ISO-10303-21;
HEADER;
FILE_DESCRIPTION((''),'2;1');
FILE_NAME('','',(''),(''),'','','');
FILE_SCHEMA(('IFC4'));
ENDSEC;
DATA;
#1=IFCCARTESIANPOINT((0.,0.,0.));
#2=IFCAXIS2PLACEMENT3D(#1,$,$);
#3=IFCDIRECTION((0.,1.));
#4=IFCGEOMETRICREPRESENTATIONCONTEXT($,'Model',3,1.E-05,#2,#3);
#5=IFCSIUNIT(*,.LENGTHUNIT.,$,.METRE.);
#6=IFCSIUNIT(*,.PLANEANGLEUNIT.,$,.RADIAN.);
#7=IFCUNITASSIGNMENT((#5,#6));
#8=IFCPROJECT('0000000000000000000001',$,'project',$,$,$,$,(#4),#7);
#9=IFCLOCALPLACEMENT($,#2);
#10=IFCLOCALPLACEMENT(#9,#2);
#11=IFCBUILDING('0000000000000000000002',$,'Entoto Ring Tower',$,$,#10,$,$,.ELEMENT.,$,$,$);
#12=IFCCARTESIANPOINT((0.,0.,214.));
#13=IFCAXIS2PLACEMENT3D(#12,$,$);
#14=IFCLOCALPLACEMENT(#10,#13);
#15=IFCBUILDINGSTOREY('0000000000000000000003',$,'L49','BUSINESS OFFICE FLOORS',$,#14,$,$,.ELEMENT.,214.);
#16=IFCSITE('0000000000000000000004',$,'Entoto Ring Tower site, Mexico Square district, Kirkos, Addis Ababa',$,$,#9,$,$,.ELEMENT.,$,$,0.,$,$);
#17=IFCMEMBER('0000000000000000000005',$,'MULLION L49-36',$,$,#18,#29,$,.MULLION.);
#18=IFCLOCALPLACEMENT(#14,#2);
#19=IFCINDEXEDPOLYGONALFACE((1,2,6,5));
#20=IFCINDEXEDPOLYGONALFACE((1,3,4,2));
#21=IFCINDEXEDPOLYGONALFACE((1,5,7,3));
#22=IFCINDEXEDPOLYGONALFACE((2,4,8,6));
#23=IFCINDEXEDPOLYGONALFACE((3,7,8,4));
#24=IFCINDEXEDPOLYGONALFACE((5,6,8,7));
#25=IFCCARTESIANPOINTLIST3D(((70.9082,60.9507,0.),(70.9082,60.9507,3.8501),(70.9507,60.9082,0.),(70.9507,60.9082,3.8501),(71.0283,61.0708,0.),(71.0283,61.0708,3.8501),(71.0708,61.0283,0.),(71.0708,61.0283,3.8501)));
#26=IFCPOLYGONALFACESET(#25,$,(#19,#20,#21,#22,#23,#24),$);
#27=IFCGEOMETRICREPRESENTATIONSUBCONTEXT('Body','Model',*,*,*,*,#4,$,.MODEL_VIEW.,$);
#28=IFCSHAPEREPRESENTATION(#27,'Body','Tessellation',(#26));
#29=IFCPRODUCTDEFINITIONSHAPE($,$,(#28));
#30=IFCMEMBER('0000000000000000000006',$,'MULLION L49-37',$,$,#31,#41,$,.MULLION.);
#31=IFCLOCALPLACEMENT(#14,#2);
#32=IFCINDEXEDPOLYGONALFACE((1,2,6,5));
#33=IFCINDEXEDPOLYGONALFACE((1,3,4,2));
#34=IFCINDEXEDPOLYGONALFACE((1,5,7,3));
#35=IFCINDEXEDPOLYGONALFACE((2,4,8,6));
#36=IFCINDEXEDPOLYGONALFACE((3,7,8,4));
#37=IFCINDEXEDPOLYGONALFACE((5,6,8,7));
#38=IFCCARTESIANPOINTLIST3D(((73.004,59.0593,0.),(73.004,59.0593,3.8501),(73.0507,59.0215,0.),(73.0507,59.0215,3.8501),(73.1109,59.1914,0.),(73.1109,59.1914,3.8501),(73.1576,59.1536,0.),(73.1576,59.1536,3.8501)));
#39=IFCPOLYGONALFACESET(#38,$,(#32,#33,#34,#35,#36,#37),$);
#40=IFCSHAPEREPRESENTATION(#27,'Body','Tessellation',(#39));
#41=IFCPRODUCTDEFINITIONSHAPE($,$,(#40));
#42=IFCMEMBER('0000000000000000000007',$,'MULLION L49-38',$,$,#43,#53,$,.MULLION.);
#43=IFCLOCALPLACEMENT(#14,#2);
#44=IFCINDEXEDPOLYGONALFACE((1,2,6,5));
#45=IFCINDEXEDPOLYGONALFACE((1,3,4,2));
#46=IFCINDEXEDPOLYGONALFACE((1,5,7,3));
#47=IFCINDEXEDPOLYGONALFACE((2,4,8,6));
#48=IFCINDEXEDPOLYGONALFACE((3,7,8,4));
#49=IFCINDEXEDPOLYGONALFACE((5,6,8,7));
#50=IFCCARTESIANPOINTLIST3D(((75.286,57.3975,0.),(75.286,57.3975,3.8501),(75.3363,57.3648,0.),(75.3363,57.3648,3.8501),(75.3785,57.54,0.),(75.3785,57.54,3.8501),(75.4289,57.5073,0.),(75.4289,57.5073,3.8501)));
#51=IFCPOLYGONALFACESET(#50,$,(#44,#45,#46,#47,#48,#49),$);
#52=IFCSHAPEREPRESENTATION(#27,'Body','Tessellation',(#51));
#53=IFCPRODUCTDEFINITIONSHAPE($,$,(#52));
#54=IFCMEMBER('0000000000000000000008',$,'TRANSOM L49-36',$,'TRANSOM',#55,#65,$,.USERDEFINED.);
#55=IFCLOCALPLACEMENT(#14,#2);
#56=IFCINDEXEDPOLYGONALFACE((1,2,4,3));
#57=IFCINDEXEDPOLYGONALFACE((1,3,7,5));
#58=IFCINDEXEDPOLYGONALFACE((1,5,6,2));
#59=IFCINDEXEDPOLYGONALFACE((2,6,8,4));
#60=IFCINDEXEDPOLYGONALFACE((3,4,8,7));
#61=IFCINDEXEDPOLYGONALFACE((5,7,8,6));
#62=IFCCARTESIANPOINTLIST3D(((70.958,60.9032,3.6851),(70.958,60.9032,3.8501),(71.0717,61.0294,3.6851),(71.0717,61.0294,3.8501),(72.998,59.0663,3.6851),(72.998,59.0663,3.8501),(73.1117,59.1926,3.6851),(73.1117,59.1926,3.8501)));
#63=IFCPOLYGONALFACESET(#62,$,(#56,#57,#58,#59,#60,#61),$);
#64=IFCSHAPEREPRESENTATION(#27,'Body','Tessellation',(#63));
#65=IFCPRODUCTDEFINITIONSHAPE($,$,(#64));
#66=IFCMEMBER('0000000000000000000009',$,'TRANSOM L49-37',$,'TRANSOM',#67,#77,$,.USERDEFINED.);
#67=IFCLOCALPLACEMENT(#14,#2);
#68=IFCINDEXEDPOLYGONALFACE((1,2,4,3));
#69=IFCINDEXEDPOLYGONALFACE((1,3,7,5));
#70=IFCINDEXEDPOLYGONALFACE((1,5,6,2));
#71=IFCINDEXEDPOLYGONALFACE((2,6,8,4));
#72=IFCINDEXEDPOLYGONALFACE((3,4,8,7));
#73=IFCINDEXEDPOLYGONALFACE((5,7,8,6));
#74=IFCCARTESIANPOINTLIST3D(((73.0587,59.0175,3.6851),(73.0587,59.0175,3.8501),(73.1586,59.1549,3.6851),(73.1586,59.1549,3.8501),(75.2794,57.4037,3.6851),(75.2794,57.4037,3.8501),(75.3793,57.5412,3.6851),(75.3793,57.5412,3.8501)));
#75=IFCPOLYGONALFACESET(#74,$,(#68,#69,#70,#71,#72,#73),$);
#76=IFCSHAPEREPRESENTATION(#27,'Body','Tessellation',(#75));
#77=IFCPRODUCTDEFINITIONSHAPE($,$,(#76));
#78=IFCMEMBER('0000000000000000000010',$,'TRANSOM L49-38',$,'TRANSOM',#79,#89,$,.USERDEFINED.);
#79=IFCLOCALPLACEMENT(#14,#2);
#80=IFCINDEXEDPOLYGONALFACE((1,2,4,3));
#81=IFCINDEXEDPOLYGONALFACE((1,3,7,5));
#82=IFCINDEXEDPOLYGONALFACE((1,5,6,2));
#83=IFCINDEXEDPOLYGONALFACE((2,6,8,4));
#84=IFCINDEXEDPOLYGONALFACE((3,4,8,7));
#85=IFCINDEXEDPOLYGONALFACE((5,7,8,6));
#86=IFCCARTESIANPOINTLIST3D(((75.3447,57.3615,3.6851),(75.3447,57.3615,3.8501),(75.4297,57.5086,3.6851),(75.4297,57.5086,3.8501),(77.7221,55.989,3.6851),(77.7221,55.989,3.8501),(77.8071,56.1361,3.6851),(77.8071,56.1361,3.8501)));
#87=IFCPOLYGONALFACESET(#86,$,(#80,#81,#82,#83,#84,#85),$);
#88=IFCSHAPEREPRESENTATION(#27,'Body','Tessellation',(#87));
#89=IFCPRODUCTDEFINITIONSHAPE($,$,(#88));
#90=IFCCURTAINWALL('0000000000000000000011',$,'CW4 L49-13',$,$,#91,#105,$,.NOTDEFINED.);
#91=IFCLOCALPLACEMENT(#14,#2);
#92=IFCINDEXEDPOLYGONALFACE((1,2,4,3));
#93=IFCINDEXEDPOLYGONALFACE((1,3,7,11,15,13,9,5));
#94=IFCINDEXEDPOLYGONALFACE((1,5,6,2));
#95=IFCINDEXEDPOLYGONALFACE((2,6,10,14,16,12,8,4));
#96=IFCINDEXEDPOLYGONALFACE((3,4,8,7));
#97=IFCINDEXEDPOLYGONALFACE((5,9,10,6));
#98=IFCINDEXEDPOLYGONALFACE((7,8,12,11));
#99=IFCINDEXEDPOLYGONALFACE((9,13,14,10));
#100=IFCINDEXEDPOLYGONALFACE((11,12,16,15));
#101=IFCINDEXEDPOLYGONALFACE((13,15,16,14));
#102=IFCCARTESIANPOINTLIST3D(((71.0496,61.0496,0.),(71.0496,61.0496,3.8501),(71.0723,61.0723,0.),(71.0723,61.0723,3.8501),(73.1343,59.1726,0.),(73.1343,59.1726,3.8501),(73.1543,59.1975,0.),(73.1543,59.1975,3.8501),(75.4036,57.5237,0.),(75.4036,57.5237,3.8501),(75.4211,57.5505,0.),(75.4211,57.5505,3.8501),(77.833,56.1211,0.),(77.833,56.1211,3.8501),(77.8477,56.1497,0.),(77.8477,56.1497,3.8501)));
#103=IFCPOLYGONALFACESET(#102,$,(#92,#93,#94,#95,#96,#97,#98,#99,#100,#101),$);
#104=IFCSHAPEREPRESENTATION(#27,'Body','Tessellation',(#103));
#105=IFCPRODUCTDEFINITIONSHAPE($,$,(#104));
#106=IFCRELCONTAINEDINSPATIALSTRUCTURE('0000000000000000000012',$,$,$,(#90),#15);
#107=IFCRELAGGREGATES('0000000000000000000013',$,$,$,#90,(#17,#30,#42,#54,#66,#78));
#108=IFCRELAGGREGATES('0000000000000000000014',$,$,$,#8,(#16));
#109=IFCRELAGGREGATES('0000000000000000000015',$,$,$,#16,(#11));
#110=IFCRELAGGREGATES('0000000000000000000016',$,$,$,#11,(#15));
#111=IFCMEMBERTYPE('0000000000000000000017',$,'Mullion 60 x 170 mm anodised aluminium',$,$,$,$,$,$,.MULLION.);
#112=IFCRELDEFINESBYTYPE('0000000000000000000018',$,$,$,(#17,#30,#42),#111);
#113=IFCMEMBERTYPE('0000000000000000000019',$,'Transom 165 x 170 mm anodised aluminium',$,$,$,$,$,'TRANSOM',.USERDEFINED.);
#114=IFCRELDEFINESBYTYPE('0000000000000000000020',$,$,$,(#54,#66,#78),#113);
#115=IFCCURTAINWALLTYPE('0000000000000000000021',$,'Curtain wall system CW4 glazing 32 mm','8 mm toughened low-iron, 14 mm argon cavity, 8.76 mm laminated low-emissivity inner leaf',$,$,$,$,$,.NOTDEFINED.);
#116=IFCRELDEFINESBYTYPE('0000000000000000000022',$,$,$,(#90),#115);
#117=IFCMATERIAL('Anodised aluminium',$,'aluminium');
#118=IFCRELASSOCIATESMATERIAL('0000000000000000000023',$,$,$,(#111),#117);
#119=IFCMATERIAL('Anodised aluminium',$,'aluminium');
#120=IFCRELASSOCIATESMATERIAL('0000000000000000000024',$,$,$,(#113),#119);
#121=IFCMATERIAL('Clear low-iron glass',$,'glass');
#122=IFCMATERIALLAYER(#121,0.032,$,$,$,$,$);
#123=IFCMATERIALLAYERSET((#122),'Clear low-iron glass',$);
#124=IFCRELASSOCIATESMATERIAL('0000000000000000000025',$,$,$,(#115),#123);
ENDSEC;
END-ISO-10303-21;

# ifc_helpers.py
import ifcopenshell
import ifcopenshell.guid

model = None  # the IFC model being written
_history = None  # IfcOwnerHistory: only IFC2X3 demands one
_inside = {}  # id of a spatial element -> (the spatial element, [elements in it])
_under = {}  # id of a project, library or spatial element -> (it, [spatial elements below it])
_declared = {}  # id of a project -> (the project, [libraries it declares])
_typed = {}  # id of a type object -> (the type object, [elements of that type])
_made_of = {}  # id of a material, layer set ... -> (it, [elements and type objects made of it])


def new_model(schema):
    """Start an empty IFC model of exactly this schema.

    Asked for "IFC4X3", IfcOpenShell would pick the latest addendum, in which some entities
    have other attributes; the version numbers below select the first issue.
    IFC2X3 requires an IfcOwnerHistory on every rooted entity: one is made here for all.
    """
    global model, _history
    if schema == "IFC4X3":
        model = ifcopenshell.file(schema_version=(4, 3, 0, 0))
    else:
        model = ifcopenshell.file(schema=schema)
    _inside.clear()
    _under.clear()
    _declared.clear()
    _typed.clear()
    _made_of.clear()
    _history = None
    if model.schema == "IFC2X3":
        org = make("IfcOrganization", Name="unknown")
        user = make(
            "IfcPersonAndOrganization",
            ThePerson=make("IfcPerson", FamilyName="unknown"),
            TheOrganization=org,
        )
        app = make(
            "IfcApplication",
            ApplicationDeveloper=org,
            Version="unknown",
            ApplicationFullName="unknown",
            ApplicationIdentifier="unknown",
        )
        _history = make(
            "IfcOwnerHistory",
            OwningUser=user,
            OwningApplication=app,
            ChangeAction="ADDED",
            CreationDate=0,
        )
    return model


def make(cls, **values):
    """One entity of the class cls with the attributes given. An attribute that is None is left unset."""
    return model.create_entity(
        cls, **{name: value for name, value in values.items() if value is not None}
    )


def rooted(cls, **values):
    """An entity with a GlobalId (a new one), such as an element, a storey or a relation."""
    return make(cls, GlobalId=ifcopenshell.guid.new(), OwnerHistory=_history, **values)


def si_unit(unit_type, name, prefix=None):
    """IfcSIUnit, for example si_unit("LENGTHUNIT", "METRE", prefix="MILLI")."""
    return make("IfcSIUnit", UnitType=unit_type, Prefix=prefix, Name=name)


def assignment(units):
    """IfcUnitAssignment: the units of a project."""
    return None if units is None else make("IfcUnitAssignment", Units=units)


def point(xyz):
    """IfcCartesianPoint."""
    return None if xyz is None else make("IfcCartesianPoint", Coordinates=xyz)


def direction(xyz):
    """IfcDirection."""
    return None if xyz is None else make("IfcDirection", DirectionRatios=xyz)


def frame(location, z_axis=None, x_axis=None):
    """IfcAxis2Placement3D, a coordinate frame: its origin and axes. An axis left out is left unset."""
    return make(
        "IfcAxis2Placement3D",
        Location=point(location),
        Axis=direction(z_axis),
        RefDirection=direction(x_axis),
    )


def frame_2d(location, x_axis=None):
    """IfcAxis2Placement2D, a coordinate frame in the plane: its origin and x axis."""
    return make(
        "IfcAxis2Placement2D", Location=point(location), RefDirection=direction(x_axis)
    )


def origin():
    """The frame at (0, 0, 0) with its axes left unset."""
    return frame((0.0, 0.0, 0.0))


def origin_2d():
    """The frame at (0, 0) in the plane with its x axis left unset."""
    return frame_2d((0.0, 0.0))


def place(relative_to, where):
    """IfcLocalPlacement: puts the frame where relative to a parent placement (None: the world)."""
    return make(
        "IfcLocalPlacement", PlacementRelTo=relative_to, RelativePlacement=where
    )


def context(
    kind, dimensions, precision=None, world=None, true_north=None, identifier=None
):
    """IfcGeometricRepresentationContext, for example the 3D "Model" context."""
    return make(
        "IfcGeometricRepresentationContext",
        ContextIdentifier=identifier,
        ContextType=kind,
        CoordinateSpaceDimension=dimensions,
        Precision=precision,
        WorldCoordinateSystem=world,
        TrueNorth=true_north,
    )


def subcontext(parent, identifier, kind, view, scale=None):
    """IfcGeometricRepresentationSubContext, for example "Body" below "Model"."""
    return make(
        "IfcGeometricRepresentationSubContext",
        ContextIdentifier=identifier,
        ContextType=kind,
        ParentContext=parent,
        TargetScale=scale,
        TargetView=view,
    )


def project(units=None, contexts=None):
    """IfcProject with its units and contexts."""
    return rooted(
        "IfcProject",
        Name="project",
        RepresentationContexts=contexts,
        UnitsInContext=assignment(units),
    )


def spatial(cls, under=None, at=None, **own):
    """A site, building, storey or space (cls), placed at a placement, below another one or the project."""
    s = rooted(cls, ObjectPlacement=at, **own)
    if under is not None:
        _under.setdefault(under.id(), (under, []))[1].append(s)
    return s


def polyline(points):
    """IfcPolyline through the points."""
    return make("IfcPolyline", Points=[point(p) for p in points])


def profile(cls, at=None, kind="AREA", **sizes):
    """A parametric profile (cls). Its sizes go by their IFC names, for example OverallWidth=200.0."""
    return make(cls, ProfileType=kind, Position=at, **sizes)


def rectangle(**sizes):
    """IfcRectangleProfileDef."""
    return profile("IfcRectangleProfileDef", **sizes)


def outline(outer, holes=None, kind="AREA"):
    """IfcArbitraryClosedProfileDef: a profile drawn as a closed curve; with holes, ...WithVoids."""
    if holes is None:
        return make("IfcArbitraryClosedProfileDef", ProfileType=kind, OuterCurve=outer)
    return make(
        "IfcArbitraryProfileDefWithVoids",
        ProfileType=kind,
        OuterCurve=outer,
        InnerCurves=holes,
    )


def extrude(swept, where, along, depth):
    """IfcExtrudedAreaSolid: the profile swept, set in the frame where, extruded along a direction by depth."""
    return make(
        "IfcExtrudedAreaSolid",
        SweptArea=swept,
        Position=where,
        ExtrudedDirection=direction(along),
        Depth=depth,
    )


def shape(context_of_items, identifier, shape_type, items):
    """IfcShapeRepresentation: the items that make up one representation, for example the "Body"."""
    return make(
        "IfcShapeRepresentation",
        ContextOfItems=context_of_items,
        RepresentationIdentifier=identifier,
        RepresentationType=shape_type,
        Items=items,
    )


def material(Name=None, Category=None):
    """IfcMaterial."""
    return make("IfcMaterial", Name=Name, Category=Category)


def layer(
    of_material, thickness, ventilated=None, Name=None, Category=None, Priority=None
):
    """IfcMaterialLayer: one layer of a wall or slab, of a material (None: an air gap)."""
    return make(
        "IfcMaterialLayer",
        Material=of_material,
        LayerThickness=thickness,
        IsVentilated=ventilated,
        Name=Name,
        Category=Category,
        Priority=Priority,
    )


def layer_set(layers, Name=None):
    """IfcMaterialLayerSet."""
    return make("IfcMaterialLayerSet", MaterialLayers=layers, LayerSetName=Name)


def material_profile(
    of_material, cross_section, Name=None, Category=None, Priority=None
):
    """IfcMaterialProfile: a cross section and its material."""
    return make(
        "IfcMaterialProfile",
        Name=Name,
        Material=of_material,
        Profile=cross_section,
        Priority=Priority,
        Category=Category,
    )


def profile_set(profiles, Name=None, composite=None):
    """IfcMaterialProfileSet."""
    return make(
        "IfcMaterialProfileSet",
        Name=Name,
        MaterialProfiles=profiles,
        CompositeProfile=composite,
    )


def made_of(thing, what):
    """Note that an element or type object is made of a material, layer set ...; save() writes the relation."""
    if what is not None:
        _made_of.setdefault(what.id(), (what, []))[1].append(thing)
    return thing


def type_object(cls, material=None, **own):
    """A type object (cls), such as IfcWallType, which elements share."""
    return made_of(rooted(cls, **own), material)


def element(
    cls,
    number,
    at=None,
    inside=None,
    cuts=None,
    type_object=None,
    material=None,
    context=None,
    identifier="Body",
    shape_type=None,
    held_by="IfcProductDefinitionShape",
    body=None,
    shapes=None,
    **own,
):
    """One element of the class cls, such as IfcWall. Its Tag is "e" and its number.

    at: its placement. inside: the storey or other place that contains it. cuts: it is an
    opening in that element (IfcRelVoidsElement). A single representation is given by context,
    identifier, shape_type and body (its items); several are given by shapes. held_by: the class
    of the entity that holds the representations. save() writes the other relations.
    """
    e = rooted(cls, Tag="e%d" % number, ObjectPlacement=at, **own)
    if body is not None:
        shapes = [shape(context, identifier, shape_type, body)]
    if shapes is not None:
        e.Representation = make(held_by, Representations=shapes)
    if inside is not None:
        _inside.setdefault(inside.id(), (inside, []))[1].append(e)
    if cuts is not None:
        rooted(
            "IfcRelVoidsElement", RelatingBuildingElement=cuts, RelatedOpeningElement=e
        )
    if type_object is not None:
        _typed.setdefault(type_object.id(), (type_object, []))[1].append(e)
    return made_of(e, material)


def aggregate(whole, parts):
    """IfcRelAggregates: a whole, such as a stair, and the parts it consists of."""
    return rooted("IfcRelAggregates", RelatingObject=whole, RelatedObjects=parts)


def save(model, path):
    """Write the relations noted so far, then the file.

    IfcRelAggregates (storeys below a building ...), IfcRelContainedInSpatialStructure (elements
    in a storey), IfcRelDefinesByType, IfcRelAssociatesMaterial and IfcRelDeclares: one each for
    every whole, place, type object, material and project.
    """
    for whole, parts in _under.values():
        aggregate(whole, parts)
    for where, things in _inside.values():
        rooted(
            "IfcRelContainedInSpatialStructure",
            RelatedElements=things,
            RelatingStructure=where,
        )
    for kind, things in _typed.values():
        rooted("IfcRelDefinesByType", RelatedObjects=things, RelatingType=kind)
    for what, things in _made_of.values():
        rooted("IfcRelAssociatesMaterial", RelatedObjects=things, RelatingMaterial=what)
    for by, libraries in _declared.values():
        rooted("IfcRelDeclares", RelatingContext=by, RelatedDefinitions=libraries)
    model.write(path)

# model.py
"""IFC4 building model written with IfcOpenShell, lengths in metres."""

from ifc_helpers import new_model, si_unit, direction, frame, origin, origin_2d, place, context, subcontext, project, spatial, polyline, rectangle, outline, extrude, material, layer, layer_set, material_profile, profile_set, type_object, element, aggregate, save


model = new_model("IFC4")

# Units and contexts
model_context = context("Model", 3, precision=1e-05, world=origin(), true_north=direction((0.0, 1.0)))
body_context = subcontext(model_context, "Body", "Model", "MODEL_VIEW")
ifc_project = project(units=[si_unit("LENGTHUNIT", "METRE"), si_unit("PLANEANGLEUNIT", "RADIAN")], contexts=[model_context])

# Members
ifc_material_1 = material(Name="Anodised aluminium", Category="aluminium")
ifc_material_profile_1 = material_profile(ifc_material_1, rectangle(XDim=0.0601, YDim=0.1699, at=origin_2d()), Name="Mullion 60 x 170 mm anodised aluminium")
ifc_profile_set_1 = profile_set([ifc_material_profile_1], Name="Anodised aluminium")
member_type_1 = type_object("IfcMemberType", Name="Mullion 60 x 170 mm anodised aluminium", PredefinedType="MULLION", material=ifc_profile_set_1)
site_placement = place(None, origin())
building_placement = place(site_placement, origin())
storey_placement = place(building_placement, frame((0.0, 0.0, 214.0)))
member_1_placement = place(storey_placement, frame((70.9895, 60.9895, 0.0), z_axis=(0.0, 0.0, 1.0), x_axis=(0.707107, -0.707107, 0.0)))
member_1 = element("IfcMember", 1, at=member_1_placement, type_object=member_type_1, Name="MULLION L49-36", PredefinedType="MULLION", context=body_context, shape_type="SweptSolid", body=[
    extrude(rectangle(XDim=0.0601, YDim=0.1699, at=origin_2d()), origin(), (0.0, 0.0, 1.0), 3.8501),
])
member_2_placement = place(storey_placement, frame((73.0808, 59.1064, 0.0), z_axis=(0.0, 0.0, 1.0), x_axis=(0.777146, -0.62932, 0.0)))
member_2 = element("IfcMember", 2, at=member_2_placement, type_object=member_type_1, Name="MULLION L49-37", PredefinedType="MULLION", context=body_context, shape_type="SweptSolid", body=[
    extrude(rectangle(XDim=0.0601, YDim=0.1699, at=origin_2d()), origin(), (0.0, 0.0, 1.0), 3.8501),
])
member_3_placement = place(storey_placement, frame((75.3574, 57.4524, 0.0), z_axis=(0.0, 0.0, 1.0), x_axis=(0.838671, -0.544639, 0.0)))
member_3 = element("IfcMember", 3, at=member_3_placement, type_object=member_type_1, Name="MULLION L49-38", PredefinedType="MULLION", context=body_context, shape_type="SweptSolid", body=[
    extrude(rectangle(XDim=0.0601, YDim=0.1699, at=origin_2d()), origin(), (0.0, 0.0, 1.0), 3.8501),
])
ifc_material_2 = material(Name="Anodised aluminium", Category="aluminium")
ifc_material_profile_2 = material_profile(ifc_material_2, rectangle(XDim=0.1699, YDim=0.165, at=origin_2d()), Name="Transom 165 x 170 mm anodised aluminium")
ifc_profile_set_2 = profile_set([ifc_material_profile_2], Name="Anodised aluminium")
member_type_2 = type_object("IfcMemberType", Name="Transom 165 x 170 mm anodised aluminium", ElementType="TRANSOM", PredefinedType="USERDEFINED", material=ifc_profile_set_2)
member_4_placement = place(storey_placement, frame((71.0149, 60.9663, 3.7676), z_axis=(0.743135, -0.669142, 0.0), x_axis=(0.669142, 0.743135, 0.0)))
member_4 = element("IfcMember", 4, at=member_4_placement, type_object=member_type_2, Name="TRANSOM L49-36", ObjectType="TRANSOM", PredefinedType="USERDEFINED", context=body_context, shape_type="SweptSolid", body=[
    extrude(rectangle(XDim=0.1699, YDim=0.165, at=origin_2d()), origin(), (0.0, 0.0, 1.0), 2.7451),
])
member_5_placement = place(storey_placement, frame((73.1086, 59.0862, 3.7676), z_axis=(0.808959, -0.587865, 0.0), x_axis=(0.587865, 0.808959, 0.0)))
member_5 = element("IfcMember", 5, at=member_5_placement, type_object=member_type_2, Name="TRANSOM L49-37", ObjectType="TRANSOM", PredefinedType="USERDEFINED", context=body_context, shape_type="SweptSolid", body=[
    extrude(rectangle(XDim=0.1699, YDim=0.165, at=origin_2d()), origin(), (0.0, 0.0, 1.0), 2.7451),
])
member_6_placement = place(storey_placement, frame((75.3872, 57.4351, 3.7676), z_axis=(0.866035, -0.499984, 0.0), x_axis=(0.499984, 0.866035, 0.0)))
member_6 = element("IfcMember", 6, at=member_6_placement, type_object=member_type_2, Name="TRANSOM L49-38", ObjectType="TRANSOM", PredefinedType="USERDEFINED", context=body_context, shape_type="SweptSolid", body=[
    extrude(rectangle(XDim=0.1699, YDim=0.165, at=origin_2d()), origin(), (0.0, 0.0, 1.0), 2.7451),
])

# Site, building, storey
site = spatial("IfcSite", under=ifc_project, at=site_placement, Name="Entoto Ring Tower site, Mexico Square district, Kirkos, Addis Ababa", CompositionType="ELEMENT", RefElevation=0.0)
building = spatial("IfcBuilding", under=site, at=building_placement, Name="Entoto Ring Tower", CompositionType="ELEMENT")
storey = spatial("IfcBuildingStorey", under=building, at=storey_placement, Name="L49", Description="BUSINESS OFFICE FLOORS", CompositionType="ELEMENT", Elevation=214.0)

# Curtain wall
ifc_material_3 = material(Name="Clear low-iron glass", Category="glass")
ifc_layer = layer(ifc_material_3, 0.032)
ifc_layer_set = layer_set([ifc_layer], Name="Clear low-iron glass")
curtain_wall_type = type_object("IfcCurtainWallType", Name="Curtain wall system CW4 glazing 32 mm", Description="8 mm toughened low-iron, 14 mm argon cavity, 8.76 mm laminated low-emissivity inner leaf", PredefinedType="NOTDEFINED", material=ifc_layer_set)
curtain_wall_1_placement = place(storey_placement, origin())
curtain_wall_1 = element("IfcCurtainWall", 7, at=curtain_wall_1_placement, inside=storey, type_object=curtain_wall_type, Name="CW4 L49-13", PredefinedType="NOTDEFINED", context=body_context, shape_type="SweptSolid", body=[
    extrude(outline(polyline([(71.0496, 61.0496), (73.1343, 59.1726), (75.4036, 57.5237), (77.833, 56.1211), (77.8477, 56.1497), (75.4211, 57.5505), (73.1543, 59.1975), (71.0723, 61.0723), (71.0496, 61.0496)])), origin(), (0.0, 0.0, 1.0), 3.8501),
])
aggregate(curtain_wall_1, [member_1, member_2, member_3, member_4, member_5, member_6])

save(model, "model.ifc")
